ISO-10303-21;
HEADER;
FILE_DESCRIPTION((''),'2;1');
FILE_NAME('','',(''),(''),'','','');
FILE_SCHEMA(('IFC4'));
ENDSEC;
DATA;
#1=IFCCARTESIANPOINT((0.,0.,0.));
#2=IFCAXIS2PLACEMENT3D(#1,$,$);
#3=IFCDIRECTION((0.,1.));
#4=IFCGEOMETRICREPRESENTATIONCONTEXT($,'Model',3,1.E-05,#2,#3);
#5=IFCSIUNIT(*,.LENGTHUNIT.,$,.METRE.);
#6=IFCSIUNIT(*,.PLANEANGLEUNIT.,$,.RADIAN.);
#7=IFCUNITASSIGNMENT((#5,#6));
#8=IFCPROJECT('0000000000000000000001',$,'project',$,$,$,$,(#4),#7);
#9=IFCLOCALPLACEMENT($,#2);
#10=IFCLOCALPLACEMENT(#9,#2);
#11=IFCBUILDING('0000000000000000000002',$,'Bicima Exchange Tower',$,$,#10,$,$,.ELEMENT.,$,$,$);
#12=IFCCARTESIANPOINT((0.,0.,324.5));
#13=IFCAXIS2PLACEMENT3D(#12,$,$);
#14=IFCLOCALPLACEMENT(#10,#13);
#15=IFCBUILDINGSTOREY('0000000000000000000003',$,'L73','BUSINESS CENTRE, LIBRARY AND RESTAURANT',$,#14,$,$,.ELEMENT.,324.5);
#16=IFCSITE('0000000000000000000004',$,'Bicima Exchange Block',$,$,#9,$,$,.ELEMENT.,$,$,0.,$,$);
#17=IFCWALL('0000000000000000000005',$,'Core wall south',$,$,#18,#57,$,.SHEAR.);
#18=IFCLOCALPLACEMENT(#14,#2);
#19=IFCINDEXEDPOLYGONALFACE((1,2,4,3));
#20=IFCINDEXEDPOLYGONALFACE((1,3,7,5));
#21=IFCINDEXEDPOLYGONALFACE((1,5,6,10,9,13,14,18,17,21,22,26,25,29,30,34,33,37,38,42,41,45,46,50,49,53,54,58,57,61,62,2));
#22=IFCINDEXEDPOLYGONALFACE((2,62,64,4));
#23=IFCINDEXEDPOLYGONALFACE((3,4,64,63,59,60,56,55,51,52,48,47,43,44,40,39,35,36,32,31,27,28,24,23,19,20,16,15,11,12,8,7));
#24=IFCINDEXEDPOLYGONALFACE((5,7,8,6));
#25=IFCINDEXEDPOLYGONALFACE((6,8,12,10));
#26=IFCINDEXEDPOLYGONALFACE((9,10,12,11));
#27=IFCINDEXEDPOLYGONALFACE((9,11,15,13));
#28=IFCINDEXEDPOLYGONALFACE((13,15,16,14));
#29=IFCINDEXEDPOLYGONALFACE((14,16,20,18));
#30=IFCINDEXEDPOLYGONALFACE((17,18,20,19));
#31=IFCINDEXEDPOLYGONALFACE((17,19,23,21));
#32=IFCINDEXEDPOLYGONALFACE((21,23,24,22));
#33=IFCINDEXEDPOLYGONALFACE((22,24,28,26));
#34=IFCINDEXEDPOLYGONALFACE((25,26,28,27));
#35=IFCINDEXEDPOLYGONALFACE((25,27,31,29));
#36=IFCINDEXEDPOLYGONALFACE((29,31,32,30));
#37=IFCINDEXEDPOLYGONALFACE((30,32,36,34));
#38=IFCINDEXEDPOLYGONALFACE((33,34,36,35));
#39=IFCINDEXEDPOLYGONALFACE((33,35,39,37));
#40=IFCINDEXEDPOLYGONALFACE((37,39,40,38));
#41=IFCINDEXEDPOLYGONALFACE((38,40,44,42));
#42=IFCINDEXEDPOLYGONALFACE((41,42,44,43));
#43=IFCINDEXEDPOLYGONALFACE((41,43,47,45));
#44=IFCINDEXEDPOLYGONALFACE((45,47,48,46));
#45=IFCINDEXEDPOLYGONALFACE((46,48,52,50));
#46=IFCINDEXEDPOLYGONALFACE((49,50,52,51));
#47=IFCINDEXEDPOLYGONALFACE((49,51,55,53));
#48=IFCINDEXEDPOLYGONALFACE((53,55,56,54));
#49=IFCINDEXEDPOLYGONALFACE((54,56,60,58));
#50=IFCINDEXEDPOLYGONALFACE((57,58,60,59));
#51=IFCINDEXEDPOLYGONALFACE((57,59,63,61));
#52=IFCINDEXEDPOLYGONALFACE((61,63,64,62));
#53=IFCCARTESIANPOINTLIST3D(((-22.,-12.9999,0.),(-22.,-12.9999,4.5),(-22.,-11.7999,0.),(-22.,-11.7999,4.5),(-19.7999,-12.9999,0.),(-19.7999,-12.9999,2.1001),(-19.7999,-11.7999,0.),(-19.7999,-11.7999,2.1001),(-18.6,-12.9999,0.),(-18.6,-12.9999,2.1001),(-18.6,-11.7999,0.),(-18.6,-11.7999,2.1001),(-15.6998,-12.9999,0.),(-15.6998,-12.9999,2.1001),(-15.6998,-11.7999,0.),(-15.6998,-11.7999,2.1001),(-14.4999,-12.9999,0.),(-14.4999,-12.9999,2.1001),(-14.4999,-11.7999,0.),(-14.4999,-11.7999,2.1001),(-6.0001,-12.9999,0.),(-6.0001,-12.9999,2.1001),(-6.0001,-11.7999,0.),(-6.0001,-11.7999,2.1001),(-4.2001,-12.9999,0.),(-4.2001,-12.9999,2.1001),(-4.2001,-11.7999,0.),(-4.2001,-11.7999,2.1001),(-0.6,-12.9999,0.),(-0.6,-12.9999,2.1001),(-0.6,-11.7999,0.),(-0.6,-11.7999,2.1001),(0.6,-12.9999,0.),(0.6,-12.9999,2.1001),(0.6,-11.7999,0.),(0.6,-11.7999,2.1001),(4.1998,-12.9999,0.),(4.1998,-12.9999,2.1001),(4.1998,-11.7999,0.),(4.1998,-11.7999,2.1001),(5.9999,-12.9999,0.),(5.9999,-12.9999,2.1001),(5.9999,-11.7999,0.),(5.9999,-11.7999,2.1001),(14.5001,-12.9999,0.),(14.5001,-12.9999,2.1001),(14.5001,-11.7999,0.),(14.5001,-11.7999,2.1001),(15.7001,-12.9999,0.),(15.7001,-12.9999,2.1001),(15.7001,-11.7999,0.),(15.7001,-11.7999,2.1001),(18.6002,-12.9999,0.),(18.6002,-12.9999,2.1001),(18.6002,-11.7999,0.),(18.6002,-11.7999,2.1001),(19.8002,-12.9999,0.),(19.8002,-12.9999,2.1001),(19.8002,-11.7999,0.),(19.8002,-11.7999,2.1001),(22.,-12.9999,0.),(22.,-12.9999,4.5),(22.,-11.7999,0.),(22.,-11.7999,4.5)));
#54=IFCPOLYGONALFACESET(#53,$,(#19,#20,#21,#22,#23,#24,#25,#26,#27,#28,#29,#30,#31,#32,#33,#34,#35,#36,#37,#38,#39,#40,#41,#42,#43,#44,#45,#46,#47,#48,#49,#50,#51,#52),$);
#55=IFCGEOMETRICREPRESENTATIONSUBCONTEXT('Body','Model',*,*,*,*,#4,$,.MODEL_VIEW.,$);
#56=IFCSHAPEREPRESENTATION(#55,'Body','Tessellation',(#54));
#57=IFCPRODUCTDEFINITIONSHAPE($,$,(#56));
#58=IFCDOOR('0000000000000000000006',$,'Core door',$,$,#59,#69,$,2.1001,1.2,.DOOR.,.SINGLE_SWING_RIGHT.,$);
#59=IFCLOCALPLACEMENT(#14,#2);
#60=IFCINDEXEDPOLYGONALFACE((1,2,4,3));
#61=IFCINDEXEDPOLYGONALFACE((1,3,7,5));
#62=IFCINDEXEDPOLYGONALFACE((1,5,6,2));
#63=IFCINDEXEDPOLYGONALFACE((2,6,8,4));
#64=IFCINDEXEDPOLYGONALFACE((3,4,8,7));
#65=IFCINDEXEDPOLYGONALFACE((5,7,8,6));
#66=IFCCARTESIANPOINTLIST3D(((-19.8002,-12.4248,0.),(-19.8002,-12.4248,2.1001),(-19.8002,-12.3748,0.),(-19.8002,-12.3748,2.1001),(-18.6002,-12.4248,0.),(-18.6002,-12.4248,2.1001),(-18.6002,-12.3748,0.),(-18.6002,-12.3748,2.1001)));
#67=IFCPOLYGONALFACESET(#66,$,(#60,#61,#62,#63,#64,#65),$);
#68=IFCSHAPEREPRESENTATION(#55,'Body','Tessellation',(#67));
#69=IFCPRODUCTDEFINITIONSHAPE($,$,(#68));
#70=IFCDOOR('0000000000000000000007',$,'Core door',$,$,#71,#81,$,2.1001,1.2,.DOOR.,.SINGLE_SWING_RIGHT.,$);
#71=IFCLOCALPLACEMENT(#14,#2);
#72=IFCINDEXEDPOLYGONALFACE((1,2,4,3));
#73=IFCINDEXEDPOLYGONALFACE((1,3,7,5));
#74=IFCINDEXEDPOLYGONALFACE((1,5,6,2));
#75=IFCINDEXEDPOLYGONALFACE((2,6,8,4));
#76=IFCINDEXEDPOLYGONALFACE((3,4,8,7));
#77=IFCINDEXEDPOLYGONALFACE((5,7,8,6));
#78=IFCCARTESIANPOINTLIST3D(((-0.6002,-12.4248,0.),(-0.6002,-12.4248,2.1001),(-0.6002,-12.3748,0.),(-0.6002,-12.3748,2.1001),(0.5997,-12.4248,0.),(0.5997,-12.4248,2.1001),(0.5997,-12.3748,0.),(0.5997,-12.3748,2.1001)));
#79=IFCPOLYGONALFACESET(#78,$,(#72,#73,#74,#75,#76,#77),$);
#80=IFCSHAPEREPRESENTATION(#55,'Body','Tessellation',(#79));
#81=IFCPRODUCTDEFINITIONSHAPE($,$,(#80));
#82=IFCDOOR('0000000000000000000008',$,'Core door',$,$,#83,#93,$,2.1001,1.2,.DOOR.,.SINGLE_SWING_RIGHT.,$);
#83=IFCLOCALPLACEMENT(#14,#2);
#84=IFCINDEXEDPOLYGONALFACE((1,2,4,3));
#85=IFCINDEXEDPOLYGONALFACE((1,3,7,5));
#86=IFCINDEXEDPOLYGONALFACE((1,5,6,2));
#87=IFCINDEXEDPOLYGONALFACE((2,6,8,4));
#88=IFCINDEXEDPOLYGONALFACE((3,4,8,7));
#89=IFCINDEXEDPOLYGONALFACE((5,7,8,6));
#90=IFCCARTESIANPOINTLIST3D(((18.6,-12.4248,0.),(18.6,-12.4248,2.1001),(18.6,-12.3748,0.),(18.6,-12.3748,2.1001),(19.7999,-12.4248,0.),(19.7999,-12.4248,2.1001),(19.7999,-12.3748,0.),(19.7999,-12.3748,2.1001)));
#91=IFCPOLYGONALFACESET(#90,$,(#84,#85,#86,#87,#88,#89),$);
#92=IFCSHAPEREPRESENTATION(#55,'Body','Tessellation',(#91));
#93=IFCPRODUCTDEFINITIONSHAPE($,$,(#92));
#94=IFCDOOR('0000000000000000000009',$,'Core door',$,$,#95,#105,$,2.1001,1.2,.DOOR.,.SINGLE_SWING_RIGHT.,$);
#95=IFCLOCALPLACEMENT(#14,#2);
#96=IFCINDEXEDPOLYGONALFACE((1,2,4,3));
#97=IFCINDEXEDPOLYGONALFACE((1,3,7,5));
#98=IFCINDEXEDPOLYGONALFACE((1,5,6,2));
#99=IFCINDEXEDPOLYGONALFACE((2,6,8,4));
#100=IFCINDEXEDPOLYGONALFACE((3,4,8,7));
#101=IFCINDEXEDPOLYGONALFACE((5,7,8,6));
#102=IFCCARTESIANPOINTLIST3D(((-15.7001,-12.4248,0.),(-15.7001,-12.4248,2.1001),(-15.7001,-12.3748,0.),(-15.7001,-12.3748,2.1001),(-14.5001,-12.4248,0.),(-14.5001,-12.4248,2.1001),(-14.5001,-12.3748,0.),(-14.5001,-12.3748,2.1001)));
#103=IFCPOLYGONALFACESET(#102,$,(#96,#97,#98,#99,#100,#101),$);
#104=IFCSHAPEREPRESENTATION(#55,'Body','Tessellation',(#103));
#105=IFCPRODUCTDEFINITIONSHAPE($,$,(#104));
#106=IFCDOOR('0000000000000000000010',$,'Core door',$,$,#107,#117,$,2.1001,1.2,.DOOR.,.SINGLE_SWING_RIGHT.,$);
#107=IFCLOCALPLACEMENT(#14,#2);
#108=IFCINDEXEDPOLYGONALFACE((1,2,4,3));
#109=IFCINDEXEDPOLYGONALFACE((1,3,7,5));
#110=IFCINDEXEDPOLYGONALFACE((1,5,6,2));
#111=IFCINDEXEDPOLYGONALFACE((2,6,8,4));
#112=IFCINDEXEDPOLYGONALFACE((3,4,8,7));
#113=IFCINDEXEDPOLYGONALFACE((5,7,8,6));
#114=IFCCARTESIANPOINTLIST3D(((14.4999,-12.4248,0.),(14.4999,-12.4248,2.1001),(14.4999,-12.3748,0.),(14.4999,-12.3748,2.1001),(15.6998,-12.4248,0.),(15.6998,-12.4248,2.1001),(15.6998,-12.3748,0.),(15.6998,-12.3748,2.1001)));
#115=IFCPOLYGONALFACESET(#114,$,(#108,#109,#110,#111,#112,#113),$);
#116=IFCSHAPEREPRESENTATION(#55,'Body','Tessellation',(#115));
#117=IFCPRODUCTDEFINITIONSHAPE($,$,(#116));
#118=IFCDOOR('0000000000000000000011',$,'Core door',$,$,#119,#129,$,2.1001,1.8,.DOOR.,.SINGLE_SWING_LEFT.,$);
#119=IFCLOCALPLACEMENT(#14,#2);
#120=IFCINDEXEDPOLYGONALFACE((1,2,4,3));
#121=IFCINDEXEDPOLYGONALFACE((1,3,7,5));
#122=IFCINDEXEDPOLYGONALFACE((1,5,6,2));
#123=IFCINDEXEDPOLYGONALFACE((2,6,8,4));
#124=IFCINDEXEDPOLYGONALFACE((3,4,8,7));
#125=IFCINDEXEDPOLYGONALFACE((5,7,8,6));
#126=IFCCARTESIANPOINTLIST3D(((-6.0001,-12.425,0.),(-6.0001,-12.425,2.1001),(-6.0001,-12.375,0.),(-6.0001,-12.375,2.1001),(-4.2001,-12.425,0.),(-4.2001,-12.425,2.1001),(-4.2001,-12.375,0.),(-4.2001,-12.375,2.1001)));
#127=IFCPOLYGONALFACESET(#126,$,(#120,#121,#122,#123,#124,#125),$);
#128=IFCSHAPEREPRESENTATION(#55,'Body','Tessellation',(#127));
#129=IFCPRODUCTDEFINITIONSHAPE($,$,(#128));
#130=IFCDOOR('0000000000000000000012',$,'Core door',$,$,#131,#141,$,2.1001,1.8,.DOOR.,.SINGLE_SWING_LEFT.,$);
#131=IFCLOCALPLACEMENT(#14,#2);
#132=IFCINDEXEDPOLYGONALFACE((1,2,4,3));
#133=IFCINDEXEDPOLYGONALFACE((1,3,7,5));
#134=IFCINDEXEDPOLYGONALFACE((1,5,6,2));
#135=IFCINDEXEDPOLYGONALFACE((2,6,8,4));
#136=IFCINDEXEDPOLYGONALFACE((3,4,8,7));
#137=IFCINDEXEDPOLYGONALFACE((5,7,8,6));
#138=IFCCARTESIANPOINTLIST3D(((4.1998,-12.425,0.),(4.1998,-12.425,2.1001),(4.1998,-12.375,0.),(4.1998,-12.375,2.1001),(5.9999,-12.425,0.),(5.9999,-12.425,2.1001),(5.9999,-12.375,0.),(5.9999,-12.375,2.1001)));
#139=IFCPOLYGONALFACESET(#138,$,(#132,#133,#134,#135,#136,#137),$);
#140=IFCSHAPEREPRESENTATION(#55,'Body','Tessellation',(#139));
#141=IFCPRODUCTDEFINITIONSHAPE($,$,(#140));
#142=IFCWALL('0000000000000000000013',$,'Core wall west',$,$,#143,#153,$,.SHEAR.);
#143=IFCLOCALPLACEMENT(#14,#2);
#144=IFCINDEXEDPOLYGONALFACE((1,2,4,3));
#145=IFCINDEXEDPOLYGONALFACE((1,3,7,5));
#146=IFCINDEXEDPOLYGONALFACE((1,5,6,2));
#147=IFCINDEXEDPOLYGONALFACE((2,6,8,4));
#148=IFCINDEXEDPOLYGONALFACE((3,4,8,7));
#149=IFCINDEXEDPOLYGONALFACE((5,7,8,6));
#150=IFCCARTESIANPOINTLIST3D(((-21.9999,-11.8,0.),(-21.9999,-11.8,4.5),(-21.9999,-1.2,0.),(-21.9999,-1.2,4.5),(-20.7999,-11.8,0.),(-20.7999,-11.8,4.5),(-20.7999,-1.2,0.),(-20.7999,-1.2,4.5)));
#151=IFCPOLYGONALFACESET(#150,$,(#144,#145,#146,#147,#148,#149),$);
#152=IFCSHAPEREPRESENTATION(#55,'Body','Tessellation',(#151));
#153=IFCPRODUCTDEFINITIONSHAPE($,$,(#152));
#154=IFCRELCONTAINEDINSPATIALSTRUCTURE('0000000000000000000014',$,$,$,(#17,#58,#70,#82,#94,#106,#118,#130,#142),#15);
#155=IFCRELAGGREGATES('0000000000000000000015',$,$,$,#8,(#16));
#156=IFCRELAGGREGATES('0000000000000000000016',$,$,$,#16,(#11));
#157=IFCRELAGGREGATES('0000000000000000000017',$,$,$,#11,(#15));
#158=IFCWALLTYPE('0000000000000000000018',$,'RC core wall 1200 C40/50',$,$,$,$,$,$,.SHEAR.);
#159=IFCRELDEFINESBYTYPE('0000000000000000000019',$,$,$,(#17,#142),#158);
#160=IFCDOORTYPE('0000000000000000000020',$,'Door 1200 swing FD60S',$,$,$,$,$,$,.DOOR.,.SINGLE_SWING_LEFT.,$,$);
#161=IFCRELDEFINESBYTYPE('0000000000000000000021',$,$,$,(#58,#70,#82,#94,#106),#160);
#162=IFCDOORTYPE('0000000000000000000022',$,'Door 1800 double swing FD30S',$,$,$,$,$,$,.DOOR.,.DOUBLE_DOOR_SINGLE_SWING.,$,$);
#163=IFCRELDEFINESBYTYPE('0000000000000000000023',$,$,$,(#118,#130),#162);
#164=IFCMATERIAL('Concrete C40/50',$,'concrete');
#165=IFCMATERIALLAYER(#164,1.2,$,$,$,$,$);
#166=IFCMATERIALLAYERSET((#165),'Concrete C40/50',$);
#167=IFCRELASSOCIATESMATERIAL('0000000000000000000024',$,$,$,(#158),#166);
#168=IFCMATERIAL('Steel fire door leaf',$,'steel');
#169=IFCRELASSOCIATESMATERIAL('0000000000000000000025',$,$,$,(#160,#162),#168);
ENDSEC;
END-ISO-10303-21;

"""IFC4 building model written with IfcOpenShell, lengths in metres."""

from ifc_helpers import new_model, si_unit, direction, frame, frame_2d, origin, place, context, subcontext, project, spatial, rectangle, extrude, material, layer, layer_set, type_object, element, fill, save


model = new_model("IFC4")

# Units and contexts
model_context = context("Model", 3, precision=1e-05, world=origin(), true_north=direction((0.0, 1.0)))
body_context = subcontext(model_context, "Body", "Model", "MODEL_VIEW")
ifc_project = project(units=[si_unit("LENGTHUNIT", "METRE"), si_unit("PLANEANGLEUNIT", "RADIAN")], contexts=[model_context])

# Site, building, storey
site_placement = place(None, origin())
site = spatial("IfcSite", under=ifc_project, at=site_placement, Name="Bicima Exchange Block", CompositionType="ELEMENT", RefElevation=0.0)
building_placement = place(site_placement, origin())
building = spatial("IfcBuilding", under=site, at=building_placement, Name="Bicima Exchange Tower", CompositionType="ELEMENT")
storey_placement = place(building_placement, frame((0.0, 0.0, 324.5)))
storey = spatial("IfcBuildingStorey", under=building, at=storey_placement, Name="L73", Description="BUSINESS CENTRE, LIBRARY AND RESTAURANT", CompositionType="ELEMENT", Elevation=324.5)

# Wall, openings, doors
ifc_material_1 = material(Name="Concrete C40/50", Category="concrete")
ifc_layer_1 = layer(ifc_material_1, 1.2)
ifc_layer_set_1 = layer_set([ifc_layer_1], Name="Concrete C40/50")
wall_type_1 = type_object("IfcWallType", Name="RC core wall 1200 C40/50", PredefinedType="SHEAR", material=ifc_layer_set_1)
wall_1_placement = place(storey_placement, frame((-22.0, -12.3999, 0.0), z_axis=(0.0, 0.0, 1.0), x_axis=(1.0, 0.0, 0.0)))
wall_1 = element("IfcWall", 1, at=wall_1_placement, inside=storey, type_object=wall_type_1, Name="Core wall south", PredefinedType="SHEAR", context=body_context, shape_type="SweptSolid", body=[
    extrude(rectangle(XDim=44.0, YDim=1.2, at=frame_2d((22.0, 0.0))), origin(), (0.0, 0.0, 1.0), 4.5),
])
opening_1_placement = place(wall_1_placement, frame((2.2, 0.0, 0.0)))
opening_1 = element("IfcOpeningElement", 2, at=opening_1_placement, cuts=wall_1, PredefinedType="OPENING", context=body_context, shape_type="SweptSolid", body=[
    extrude(rectangle(XDim=1.2, YDim=2.1001, at=frame_2d((0.6001, 1.05))), frame((0.0, 0.6118, 0.0), z_axis=(0.0, -1.0, 0.0), x_axis=(1.0, 0.0, 0.0)), (0.0, 0.0, 1.0), 1.2239),
])
opening_2_placement = place(wall_1_placement, frame((21.3999, 0.0, 0.0)))
opening_2 = element("IfcOpeningElement", 3, at=opening_2_placement, cuts=wall_1, PredefinedType="OPENING", context=body_context, shape_type="SweptSolid", body=[
    extrude(rectangle(XDim=1.2, YDim=2.1001, at=frame_2d((0.6001, 1.05))), frame((0.0, 0.6118, 0.0), z_axis=(0.0, -1.0, 0.0), x_axis=(1.0, 0.0, 0.0)), (0.0, 0.0, 1.0), 1.2239),
])
opening_3_placement = place(wall_1_placement, frame((40.6001, 0.0, 0.0)))
opening_3 = element("IfcOpeningElement", 4, at=opening_3_placement, cuts=wall_1, PredefinedType="OPENING", context=body_context, shape_type="SweptSolid", body=[
    extrude(rectangle(XDim=1.2, YDim=2.1001, at=frame_2d((0.6001, 1.05))), frame((0.0, 0.6118, 0.0), z_axis=(0.0, -1.0, 0.0), x_axis=(1.0, 0.0, 0.0)), (0.0, 0.0, 1.0), 1.2239),
])
opening_4_placement = place(wall_1_placement, frame((16.0, 0.0, 0.0)))
opening_4 = element("IfcOpeningElement", 5, at=opening_4_placement, cuts=wall_1, PredefinedType="OPENING", context=body_context, shape_type="SweptSolid", body=[
    extrude(rectangle(XDim=1.8, YDim=2.1001, at=frame_2d((0.8999, 1.05))), frame((0.0, 0.6118, 0.0), z_axis=(0.0, -1.0, 0.0), x_axis=(1.0, 0.0, 0.0)), (0.0, 0.0, 1.0), 1.2239),
])
opening_5_placement = place(wall_1_placement, frame((6.3, 0.0, 0.0)))
opening_5 = element("IfcOpeningElement", 6, at=opening_5_placement, cuts=wall_1, PredefinedType="OPENING", context=body_context, shape_type="SweptSolid", body=[
    extrude(rectangle(XDim=1.2, YDim=2.1001, at=frame_2d((0.6001, 1.05))), frame((0.0, 0.6118, 0.0), z_axis=(0.0, -1.0, 0.0), x_axis=(1.0, 0.0, 0.0)), (0.0, 0.0, 1.0), 1.2239),
])
opening_6_placement = place(wall_1_placement, frame((26.2, 0.0, 0.0)))
opening_6 = element("IfcOpeningElement", 7, at=opening_6_placement, cuts=wall_1, PredefinedType="OPENING", context=body_context, shape_type="SweptSolid", body=[
    extrude(rectangle(XDim=1.8, YDim=2.1001, at=frame_2d((0.8999, 1.05))), frame((0.0, 0.6118, 0.0), z_axis=(0.0, -1.0, 0.0), x_axis=(1.0, 0.0, 0.0)), (0.0, 0.0, 1.0), 1.2239),
])
opening_7_placement = place(wall_1_placement, frame((36.5, 0.0, 0.0)))
opening_7 = element("IfcOpeningElement", 8, at=opening_7_placement, cuts=wall_1, PredefinedType="OPENING", context=body_context, shape_type="SweptSolid", body=[
    extrude(rectangle(XDim=1.2, YDim=2.1001, at=frame_2d((0.6001, 1.05))), frame((0.0, 0.6118, 0.0), z_axis=(0.0, -1.0, 0.0), x_axis=(1.0, 0.0, 0.0)), (0.0, 0.0, 1.0), 1.2239),
])
ifc_material_2 = material(Name="Steel fire door leaf", Category="steel")
door_type_1 = type_object("IfcDoorType", Name="Door 1200 swing FD60S", OperationType="SINGLE_SWING_LEFT", PredefinedType="DOOR", material=ifc_material_2)
door_1_placement = place(opening_1_placement, frame((1.2, 0.0, 0.0), z_axis=(0.0, 0.0, 1.0), x_axis=(-1.0, 0.0, 0.0)))
door_1 = element("IfcDoor", 9, at=door_1_placement, inside=storey, type_object=door_type_1, Name="Core door", OperationType="SINGLE_SWING_RIGHT", OverallHeight=2.1001, OverallWidth=1.2, PredefinedType="DOOR", context=body_context, shape_type="SweptSolid", body=[
    extrude(rectangle(XDim=1.2, YDim=2.1001, at=frame_2d((0.6001, 1.05))), frame((0.0, 0.0249, 0.0), z_axis=(0.0, -1.0, 0.0), x_axis=(1.0, 0.0, 0.0)), (0.0, 0.0, 1.0), 0.05),
])
fill(opening_1, door_1)
door_2_placement = place(opening_2_placement, frame((1.2, 0.0, 0.0), z_axis=(0.0, 0.0, 1.0), x_axis=(-1.0, 0.0, 0.0)))
door_2 = element("IfcDoor", 10, at=door_2_placement, inside=storey, type_object=door_type_1, Name="Core door", OperationType="SINGLE_SWING_RIGHT", OverallHeight=2.1001, OverallWidth=1.2, PredefinedType="DOOR", context=body_context, shape_type="SweptSolid", body=[
    extrude(rectangle(XDim=1.2, YDim=2.1001, at=frame_2d((0.6001, 1.05))), frame((0.0, 0.0249, 0.0), z_axis=(0.0, -1.0, 0.0), x_axis=(1.0, 0.0, 0.0)), (0.0, 0.0, 1.0), 0.05),
])
fill(opening_2, door_2)
door_3_placement = place(opening_3_placement, frame((1.2, 0.0, 0.0), z_axis=(0.0, 0.0, 1.0), x_axis=(-1.0, 0.0, 0.0)))
door_3 = element("IfcDoor", 11, at=door_3_placement, inside=storey, type_object=door_type_1, Name="Core door", OperationType="SINGLE_SWING_RIGHT", OverallHeight=2.1001, OverallWidth=1.2, PredefinedType="DOOR", context=body_context, shape_type="SweptSolid", body=[
    extrude(rectangle(XDim=1.2, YDim=2.1001, at=frame_2d((0.6001, 1.05))), frame((0.0, 0.0249, 0.0), z_axis=(0.0, -1.0, 0.0), x_axis=(1.0, 0.0, 0.0)), (0.0, 0.0, 1.0), 0.05),
])
fill(opening_3, door_3)
door_4_placement = place(opening_5_placement, frame((1.2, 0.0, 0.0), z_axis=(0.0, 0.0, 1.0), x_axis=(-1.0, 0.0, 0.0)))
door_4 = element("IfcDoor", 12, at=door_4_placement, inside=storey, type_object=door_type_1, Name="Core door", OperationType="SINGLE_SWING_RIGHT", OverallHeight=2.1001, OverallWidth=1.2, PredefinedType="DOOR", context=body_context, shape_type="SweptSolid", body=[
    extrude(rectangle(XDim=1.2, YDim=2.1001, at=frame_2d((0.6001, 1.05))), frame((0.0, 0.0249, 0.0), z_axis=(0.0, -1.0, 0.0), x_axis=(1.0, 0.0, 0.0)), (0.0, 0.0, 1.0), 0.05),
])
fill(opening_5, door_4)
door_5_placement = place(opening_7_placement, frame((1.2, 0.0, 0.0), z_axis=(0.0, 0.0, 1.0), x_axis=(-1.0, 0.0, 0.0)))
door_5 = element("IfcDoor", 13, at=door_5_placement, inside=storey, type_object=door_type_1, Name="Core door", OperationType="SINGLE_SWING_RIGHT", OverallHeight=2.1001, OverallWidth=1.2, PredefinedType="DOOR", context=body_context, shape_type="SweptSolid", body=[
    extrude(rectangle(XDim=1.2, YDim=2.1001, at=frame_2d((0.6001, 1.05))), frame((0.0, 0.0249, 0.0), z_axis=(0.0, -1.0, 0.0), x_axis=(1.0, 0.0, 0.0)), (0.0, 0.0, 1.0), 0.05),
])
fill(opening_7, door_5)
door_type_2 = type_object("IfcDoorType", Name="Door 1800 double swing FD30S", OperationType="DOUBLE_DOOR_SINGLE_SWING", PredefinedType="DOOR", material=ifc_material_2)
door_6_placement = place(opening_4_placement, origin())
door_6 = element("IfcDoor", 14, at=door_6_placement, inside=storey, type_object=door_type_2, Name="Core door", OperationType="SINGLE_SWING_LEFT", OverallHeight=2.1001, OverallWidth=1.8, PredefinedType="DOOR", context=body_context, shape_type="SweptSolid", body=[
    extrude(rectangle(XDim=1.8, YDim=2.1001, at=frame_2d((0.8999, 1.05))), frame((0.0, 0.0249, 0.0), z_axis=(0.0, -1.0, 0.0), x_axis=(1.0, 0.0, 0.0)), (0.0, 0.0, 1.0), 0.05),
])
fill(opening_4, door_6)
door_7_placement = place(opening_6_placement, origin())
door_7 = element("IfcDoor", 15, at=door_7_placement, inside=storey, type_object=door_type_2, Name="Core door", OperationType="SINGLE_SWING_LEFT", OverallHeight=2.1001, OverallWidth=1.8, PredefinedType="DOOR", context=body_context, shape_type="SweptSolid", body=[
    extrude(rectangle(XDim=1.8, YDim=2.1001, at=frame_2d((0.8999, 1.05))), frame((0.0, 0.0249, 0.0), z_axis=(0.0, -1.0, 0.0), x_axis=(1.0, 0.0, 0.0)), (0.0, 0.0, 1.0), 0.05),
])
fill(opening_6, door_7)

# Wall
wall_2_placement = place(storey_placement, frame((-21.3999, -11.8, 0.0), z_axis=(0.0, 0.0, 1.0), x_axis=(0.0, 1.0, 0.0)))
element("IfcWall", 16, at=wall_2_placement, inside=storey, type_object=wall_type_1, Name="Core wall west", PredefinedType="SHEAR", context=body_context, shape_type="SweptSolid", body=[
    extrude(rectangle(XDim=10.6001, YDim=1.2, at=frame_2d((5.3, 0.0))), origin(), (0.0, 0.0, 1.0), 4.5),
])

save(model, "model.ifc")
